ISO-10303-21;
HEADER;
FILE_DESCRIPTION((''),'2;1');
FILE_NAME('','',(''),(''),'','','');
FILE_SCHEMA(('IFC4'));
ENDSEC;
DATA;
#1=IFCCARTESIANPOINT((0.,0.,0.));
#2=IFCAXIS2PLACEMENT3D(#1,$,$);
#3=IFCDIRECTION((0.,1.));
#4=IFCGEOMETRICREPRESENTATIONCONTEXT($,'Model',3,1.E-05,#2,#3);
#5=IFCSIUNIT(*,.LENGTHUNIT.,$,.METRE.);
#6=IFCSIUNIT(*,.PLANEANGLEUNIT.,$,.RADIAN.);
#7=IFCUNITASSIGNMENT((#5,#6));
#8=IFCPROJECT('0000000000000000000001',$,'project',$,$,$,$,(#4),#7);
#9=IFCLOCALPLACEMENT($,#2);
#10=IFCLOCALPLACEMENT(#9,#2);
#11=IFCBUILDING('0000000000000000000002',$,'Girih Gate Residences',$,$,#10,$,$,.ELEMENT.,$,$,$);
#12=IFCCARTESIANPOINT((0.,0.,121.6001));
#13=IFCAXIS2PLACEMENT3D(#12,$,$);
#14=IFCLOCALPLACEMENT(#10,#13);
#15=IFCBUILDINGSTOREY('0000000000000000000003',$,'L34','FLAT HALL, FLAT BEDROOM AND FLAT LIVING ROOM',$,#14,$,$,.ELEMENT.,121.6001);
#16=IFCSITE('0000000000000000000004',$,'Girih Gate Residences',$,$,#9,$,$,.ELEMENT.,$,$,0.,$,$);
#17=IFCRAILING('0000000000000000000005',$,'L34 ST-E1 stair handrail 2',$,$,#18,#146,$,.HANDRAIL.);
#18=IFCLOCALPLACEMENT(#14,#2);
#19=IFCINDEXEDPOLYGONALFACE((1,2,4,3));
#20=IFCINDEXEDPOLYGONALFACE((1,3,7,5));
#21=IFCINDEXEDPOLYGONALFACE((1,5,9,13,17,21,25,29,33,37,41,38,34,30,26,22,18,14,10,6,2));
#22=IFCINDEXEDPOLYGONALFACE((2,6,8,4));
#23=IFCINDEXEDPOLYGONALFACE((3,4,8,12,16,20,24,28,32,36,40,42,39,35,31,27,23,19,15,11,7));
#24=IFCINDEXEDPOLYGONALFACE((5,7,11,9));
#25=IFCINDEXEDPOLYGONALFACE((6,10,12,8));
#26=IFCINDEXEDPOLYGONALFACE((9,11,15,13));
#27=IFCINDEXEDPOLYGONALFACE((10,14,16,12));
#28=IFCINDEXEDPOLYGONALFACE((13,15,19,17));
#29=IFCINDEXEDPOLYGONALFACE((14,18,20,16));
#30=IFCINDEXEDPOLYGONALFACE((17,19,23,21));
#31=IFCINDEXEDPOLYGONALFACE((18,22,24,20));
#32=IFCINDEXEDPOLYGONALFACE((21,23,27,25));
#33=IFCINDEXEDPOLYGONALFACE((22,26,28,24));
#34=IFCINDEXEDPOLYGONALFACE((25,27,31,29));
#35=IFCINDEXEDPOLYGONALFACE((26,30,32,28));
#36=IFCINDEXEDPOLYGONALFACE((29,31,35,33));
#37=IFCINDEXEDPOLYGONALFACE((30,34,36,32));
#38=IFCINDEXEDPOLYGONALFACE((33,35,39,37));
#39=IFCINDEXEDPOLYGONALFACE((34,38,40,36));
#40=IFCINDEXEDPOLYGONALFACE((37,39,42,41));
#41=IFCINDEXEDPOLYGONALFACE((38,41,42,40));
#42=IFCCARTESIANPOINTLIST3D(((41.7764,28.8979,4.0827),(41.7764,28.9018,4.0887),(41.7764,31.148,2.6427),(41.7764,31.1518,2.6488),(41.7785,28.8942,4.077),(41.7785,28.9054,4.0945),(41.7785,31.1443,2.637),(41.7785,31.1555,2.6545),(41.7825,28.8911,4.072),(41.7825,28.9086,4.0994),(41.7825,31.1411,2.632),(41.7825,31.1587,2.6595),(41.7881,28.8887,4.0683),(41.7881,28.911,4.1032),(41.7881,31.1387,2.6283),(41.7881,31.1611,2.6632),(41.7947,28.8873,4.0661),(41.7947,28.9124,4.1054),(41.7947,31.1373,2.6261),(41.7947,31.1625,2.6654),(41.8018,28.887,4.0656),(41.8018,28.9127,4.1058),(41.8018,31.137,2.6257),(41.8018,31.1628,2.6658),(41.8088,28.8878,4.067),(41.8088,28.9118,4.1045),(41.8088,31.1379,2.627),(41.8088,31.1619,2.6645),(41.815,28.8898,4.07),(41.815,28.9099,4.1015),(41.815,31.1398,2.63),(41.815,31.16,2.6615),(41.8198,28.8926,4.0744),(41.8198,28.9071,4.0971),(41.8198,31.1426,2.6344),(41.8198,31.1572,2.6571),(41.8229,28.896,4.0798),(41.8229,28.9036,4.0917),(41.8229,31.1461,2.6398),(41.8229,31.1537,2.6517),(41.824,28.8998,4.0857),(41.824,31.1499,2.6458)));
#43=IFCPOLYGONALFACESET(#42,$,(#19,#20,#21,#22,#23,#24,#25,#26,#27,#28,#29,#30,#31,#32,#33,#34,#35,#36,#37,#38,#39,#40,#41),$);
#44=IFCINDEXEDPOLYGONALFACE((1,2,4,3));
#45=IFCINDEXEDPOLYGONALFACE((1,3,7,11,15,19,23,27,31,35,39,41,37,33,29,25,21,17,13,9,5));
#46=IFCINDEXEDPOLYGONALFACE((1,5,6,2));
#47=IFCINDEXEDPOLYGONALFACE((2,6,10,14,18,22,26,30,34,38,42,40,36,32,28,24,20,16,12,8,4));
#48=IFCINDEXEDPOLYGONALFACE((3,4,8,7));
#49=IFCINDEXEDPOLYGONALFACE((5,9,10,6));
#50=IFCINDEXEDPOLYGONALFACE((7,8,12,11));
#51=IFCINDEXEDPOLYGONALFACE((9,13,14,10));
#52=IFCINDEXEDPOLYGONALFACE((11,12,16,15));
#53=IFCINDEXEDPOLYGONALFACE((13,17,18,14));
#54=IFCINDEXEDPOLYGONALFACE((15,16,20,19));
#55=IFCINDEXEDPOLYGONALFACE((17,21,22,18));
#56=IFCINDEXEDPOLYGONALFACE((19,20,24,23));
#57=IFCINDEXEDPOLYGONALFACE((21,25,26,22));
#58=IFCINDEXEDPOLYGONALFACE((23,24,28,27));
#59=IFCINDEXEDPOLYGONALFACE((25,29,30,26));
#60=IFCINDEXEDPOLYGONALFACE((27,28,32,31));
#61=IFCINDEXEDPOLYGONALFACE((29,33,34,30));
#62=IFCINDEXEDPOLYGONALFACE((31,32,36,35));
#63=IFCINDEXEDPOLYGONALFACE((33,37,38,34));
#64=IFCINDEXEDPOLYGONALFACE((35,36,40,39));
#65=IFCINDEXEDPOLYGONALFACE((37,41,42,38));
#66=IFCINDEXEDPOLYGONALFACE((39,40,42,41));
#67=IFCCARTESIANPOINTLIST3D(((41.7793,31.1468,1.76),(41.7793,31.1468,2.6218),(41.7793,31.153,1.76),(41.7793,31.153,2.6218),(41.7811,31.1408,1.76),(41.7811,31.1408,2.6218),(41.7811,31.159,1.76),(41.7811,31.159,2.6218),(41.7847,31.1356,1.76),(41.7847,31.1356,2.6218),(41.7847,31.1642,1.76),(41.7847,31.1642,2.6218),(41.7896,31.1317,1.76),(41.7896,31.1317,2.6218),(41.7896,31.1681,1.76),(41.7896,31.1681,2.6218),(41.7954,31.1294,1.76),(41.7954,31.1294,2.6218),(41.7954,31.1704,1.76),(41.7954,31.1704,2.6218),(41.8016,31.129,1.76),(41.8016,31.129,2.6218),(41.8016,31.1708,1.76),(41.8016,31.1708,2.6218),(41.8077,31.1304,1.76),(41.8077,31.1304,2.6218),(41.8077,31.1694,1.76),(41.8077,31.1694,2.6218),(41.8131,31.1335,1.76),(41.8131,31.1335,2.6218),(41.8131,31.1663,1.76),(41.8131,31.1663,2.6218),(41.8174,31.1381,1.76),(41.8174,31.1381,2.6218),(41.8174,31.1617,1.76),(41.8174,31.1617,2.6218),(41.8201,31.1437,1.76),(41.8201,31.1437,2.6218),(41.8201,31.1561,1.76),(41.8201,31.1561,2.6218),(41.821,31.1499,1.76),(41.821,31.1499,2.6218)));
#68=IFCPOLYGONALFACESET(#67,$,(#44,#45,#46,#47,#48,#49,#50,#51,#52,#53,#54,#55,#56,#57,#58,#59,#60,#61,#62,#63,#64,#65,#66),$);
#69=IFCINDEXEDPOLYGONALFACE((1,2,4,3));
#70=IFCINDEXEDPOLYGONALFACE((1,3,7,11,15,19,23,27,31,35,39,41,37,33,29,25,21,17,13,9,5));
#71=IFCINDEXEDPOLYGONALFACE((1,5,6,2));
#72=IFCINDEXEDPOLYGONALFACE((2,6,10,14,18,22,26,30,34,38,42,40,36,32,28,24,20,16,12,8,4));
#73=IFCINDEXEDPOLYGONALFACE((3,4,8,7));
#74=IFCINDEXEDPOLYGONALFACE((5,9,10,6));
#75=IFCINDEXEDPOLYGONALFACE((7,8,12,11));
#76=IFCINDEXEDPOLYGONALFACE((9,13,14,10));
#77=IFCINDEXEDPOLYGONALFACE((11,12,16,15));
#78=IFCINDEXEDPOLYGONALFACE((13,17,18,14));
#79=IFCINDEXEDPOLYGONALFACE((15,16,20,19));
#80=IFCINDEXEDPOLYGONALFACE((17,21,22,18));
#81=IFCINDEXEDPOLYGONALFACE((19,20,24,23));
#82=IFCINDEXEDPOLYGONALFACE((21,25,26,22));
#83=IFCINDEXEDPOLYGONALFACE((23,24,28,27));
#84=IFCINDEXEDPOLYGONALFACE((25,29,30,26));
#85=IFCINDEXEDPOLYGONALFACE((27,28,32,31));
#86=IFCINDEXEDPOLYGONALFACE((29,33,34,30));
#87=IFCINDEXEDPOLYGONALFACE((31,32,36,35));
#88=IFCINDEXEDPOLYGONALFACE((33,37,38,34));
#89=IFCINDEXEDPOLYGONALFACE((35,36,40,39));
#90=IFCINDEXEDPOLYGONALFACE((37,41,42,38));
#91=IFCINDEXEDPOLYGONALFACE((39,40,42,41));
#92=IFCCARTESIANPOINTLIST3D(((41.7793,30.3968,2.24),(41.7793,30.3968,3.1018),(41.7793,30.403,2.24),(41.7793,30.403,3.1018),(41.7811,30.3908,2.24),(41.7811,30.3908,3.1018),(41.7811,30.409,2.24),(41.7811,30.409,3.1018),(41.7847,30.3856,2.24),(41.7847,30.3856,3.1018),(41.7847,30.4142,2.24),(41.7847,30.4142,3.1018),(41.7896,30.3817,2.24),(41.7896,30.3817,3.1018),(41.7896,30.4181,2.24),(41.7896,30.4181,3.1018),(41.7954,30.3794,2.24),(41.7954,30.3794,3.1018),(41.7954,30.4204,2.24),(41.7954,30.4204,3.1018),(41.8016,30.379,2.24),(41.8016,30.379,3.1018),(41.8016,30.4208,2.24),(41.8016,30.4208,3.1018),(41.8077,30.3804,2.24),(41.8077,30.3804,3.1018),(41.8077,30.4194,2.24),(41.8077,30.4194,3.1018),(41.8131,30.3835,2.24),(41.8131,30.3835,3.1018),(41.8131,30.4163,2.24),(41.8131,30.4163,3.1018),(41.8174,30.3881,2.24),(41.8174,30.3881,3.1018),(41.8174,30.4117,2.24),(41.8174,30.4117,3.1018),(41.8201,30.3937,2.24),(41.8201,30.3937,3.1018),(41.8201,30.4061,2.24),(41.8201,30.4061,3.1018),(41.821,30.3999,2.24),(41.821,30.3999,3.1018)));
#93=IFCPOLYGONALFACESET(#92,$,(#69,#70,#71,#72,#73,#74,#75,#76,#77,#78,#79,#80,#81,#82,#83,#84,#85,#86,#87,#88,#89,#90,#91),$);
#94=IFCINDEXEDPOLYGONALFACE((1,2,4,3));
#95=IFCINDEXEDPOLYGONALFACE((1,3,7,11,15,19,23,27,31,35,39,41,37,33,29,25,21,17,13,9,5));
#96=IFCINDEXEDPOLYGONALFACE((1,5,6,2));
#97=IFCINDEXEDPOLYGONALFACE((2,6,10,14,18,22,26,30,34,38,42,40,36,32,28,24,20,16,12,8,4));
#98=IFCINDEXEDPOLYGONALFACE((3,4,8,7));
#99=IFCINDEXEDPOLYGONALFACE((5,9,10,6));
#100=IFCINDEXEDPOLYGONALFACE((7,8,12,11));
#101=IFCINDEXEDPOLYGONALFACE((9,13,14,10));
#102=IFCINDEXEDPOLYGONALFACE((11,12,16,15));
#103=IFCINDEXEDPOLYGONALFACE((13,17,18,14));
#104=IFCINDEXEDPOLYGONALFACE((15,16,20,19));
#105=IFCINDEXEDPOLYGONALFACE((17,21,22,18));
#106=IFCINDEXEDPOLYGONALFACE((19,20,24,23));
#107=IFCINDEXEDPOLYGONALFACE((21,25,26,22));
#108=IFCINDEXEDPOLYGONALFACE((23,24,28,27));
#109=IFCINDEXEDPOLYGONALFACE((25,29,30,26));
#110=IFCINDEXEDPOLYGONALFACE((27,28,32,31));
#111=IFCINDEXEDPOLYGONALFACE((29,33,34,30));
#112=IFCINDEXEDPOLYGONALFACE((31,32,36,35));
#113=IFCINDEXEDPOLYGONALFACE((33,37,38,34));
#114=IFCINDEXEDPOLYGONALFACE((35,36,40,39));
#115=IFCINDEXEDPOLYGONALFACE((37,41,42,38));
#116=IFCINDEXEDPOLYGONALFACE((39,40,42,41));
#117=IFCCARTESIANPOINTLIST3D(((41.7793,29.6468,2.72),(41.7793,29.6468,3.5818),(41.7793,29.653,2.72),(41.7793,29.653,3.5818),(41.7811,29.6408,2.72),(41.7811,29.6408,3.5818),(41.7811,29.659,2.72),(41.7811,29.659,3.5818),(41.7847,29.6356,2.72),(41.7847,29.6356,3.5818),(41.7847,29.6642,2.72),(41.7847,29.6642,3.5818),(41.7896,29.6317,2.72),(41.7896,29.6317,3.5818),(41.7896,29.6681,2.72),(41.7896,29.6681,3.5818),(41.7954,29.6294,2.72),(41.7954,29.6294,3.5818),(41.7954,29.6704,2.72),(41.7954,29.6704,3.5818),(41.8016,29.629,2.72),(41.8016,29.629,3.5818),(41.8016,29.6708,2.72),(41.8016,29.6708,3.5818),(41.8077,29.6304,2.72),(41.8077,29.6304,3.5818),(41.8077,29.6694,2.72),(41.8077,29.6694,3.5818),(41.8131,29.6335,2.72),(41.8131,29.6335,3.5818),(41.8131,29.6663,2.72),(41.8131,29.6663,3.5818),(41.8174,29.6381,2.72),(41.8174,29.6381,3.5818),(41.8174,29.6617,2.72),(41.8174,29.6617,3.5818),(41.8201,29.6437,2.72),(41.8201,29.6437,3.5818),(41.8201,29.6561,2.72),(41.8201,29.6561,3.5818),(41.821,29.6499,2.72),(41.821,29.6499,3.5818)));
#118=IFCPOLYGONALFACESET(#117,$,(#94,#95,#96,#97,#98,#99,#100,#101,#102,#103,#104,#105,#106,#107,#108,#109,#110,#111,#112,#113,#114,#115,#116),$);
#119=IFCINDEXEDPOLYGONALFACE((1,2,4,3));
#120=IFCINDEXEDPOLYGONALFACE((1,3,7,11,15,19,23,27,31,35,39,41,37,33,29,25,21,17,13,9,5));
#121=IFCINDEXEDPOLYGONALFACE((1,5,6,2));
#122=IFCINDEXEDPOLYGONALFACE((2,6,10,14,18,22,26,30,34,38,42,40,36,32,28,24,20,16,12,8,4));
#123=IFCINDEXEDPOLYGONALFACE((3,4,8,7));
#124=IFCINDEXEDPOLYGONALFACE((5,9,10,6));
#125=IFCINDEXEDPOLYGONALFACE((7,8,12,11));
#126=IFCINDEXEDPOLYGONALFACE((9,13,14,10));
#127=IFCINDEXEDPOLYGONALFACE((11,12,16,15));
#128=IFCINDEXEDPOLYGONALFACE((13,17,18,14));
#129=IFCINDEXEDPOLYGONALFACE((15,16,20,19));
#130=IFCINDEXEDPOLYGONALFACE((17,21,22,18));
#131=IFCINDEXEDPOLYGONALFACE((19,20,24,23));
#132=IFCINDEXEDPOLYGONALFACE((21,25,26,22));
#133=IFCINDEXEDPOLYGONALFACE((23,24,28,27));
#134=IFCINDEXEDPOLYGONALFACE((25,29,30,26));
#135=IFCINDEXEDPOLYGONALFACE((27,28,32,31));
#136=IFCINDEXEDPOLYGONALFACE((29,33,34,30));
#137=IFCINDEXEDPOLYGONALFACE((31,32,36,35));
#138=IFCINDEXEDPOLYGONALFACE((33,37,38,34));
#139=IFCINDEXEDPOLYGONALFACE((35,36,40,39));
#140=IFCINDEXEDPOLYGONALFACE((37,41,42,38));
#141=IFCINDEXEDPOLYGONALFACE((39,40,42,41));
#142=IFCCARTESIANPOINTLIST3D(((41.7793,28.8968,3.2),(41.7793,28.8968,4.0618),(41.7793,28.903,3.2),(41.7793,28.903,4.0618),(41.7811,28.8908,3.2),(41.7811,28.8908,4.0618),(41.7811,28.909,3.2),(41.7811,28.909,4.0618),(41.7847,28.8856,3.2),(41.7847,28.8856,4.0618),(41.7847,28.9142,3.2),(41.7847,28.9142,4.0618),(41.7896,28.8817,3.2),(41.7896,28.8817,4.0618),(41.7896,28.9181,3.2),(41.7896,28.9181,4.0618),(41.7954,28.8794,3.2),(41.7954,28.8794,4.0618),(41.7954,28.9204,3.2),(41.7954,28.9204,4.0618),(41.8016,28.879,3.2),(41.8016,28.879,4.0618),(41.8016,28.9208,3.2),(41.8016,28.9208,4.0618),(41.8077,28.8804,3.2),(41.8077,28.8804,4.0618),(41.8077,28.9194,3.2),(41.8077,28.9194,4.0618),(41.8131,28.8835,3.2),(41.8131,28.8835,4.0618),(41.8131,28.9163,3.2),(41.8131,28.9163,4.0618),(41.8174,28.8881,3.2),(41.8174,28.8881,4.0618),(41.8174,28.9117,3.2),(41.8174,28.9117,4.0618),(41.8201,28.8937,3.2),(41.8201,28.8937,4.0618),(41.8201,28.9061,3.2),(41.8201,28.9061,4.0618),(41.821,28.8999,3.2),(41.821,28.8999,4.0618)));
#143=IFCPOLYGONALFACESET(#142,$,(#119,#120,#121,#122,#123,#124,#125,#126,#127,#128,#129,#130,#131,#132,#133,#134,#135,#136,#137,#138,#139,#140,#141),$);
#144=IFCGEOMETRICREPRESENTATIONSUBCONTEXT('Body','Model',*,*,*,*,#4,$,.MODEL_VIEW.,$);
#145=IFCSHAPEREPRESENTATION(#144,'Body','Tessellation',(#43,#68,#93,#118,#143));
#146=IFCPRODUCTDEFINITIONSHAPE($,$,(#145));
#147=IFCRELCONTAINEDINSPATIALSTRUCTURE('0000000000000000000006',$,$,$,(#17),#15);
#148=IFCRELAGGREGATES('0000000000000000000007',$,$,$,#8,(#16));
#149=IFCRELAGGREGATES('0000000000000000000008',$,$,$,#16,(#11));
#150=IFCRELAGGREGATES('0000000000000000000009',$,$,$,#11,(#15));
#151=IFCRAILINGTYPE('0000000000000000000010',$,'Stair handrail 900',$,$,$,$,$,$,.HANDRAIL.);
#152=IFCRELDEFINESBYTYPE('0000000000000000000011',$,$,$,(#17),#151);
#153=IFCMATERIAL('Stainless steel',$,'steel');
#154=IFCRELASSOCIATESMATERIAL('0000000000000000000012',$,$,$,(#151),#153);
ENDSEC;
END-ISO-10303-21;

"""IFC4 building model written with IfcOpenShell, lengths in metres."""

from ifc_helpers import new_model, si_unit, direction, frame, origin, origin_2d, place, context, subcontext, project, spatial, circle, extrude, material, type_object, element, save


model = new_model("IFC4")

# Units and contexts
model_context = context("Model", 3, precision=1e-05, world=origin(), true_north=direction((0.0, 1.0)))
body_context = subcontext(model_context, "Body", "Model", "MODEL_VIEW")
ifc_project = project(units=[si_unit("LENGTHUNIT", "METRE"), si_unit("PLANEANGLEUNIT", "RADIAN")], contexts=[model_context])

# Site, building, storey
site_placement = place(None, origin())
site = spatial("IfcSite", under=ifc_project, at=site_placement, Name="Girih Gate Residences", CompositionType="ELEMENT", RefElevation=0.0)
building_placement = place(site_placement, origin())
building = spatial("IfcBuilding", under=site, at=building_placement, Name="Girih Gate Residences", CompositionType="ELEMENT")
storey_placement = place(building_placement, frame((0.0, 0.0, 121.6001)))
storey = spatial("IfcBuildingStorey", under=building, at=storey_placement, Name="L34", Description="FLAT HALL, FLAT BEDROOM AND FLAT LIVING ROOM", CompositionType="ELEMENT", Elevation=121.6001)

# Railing
ifc_material_1 = material(Name="Stainless steel", Category="steel")
railing_type_1 = type_object("IfcRailingType", Name="Stair handrail 900", PredefinedType="HANDRAIL", material=ifc_material_1)
railing_1_placement = place(storey_placement, frame((41.8, 31.1499, 1.76)))
element("IfcRailing", 1, at=railing_1_placement, inside=storey, type_object=railing_type_1, Name="L34 ST-E1 stair handrail 2", PredefinedType="HANDRAIL", context=body_context, shape_type="SweptSolid", body=[
    extrude(circle(Radius=0.0239, at=origin_2d()), frame((0.0, 0.0, 0.8857), z_axis=(0.0, -0.842281, 0.539038), x_axis=(1.0, 0.0, 0.0)), (0.0, 0.0, 1.0), 2.6714),
    extrude(circle(Radius=0.021, at=origin_2d()), origin(), (0.0, 0.0, 1.0), 0.8618),
    extrude(circle(Radius=0.021, at=origin_2d()), frame((0.0, -0.75, 0.48)), (0.0, 0.0, 1.0), 0.8618),
    extrude(circle(Radius=0.021, at=origin_2d()), frame((0.0, -1.5, 0.96)), (0.0, 0.0, 1.0), 0.8618),
    extrude(circle(Radius=0.021, at=origin_2d()), frame((0.0, -2.25, 1.4399)), (0.0, 0.0, 1.0), 0.8618),
])

save(model, "model.ifc")
